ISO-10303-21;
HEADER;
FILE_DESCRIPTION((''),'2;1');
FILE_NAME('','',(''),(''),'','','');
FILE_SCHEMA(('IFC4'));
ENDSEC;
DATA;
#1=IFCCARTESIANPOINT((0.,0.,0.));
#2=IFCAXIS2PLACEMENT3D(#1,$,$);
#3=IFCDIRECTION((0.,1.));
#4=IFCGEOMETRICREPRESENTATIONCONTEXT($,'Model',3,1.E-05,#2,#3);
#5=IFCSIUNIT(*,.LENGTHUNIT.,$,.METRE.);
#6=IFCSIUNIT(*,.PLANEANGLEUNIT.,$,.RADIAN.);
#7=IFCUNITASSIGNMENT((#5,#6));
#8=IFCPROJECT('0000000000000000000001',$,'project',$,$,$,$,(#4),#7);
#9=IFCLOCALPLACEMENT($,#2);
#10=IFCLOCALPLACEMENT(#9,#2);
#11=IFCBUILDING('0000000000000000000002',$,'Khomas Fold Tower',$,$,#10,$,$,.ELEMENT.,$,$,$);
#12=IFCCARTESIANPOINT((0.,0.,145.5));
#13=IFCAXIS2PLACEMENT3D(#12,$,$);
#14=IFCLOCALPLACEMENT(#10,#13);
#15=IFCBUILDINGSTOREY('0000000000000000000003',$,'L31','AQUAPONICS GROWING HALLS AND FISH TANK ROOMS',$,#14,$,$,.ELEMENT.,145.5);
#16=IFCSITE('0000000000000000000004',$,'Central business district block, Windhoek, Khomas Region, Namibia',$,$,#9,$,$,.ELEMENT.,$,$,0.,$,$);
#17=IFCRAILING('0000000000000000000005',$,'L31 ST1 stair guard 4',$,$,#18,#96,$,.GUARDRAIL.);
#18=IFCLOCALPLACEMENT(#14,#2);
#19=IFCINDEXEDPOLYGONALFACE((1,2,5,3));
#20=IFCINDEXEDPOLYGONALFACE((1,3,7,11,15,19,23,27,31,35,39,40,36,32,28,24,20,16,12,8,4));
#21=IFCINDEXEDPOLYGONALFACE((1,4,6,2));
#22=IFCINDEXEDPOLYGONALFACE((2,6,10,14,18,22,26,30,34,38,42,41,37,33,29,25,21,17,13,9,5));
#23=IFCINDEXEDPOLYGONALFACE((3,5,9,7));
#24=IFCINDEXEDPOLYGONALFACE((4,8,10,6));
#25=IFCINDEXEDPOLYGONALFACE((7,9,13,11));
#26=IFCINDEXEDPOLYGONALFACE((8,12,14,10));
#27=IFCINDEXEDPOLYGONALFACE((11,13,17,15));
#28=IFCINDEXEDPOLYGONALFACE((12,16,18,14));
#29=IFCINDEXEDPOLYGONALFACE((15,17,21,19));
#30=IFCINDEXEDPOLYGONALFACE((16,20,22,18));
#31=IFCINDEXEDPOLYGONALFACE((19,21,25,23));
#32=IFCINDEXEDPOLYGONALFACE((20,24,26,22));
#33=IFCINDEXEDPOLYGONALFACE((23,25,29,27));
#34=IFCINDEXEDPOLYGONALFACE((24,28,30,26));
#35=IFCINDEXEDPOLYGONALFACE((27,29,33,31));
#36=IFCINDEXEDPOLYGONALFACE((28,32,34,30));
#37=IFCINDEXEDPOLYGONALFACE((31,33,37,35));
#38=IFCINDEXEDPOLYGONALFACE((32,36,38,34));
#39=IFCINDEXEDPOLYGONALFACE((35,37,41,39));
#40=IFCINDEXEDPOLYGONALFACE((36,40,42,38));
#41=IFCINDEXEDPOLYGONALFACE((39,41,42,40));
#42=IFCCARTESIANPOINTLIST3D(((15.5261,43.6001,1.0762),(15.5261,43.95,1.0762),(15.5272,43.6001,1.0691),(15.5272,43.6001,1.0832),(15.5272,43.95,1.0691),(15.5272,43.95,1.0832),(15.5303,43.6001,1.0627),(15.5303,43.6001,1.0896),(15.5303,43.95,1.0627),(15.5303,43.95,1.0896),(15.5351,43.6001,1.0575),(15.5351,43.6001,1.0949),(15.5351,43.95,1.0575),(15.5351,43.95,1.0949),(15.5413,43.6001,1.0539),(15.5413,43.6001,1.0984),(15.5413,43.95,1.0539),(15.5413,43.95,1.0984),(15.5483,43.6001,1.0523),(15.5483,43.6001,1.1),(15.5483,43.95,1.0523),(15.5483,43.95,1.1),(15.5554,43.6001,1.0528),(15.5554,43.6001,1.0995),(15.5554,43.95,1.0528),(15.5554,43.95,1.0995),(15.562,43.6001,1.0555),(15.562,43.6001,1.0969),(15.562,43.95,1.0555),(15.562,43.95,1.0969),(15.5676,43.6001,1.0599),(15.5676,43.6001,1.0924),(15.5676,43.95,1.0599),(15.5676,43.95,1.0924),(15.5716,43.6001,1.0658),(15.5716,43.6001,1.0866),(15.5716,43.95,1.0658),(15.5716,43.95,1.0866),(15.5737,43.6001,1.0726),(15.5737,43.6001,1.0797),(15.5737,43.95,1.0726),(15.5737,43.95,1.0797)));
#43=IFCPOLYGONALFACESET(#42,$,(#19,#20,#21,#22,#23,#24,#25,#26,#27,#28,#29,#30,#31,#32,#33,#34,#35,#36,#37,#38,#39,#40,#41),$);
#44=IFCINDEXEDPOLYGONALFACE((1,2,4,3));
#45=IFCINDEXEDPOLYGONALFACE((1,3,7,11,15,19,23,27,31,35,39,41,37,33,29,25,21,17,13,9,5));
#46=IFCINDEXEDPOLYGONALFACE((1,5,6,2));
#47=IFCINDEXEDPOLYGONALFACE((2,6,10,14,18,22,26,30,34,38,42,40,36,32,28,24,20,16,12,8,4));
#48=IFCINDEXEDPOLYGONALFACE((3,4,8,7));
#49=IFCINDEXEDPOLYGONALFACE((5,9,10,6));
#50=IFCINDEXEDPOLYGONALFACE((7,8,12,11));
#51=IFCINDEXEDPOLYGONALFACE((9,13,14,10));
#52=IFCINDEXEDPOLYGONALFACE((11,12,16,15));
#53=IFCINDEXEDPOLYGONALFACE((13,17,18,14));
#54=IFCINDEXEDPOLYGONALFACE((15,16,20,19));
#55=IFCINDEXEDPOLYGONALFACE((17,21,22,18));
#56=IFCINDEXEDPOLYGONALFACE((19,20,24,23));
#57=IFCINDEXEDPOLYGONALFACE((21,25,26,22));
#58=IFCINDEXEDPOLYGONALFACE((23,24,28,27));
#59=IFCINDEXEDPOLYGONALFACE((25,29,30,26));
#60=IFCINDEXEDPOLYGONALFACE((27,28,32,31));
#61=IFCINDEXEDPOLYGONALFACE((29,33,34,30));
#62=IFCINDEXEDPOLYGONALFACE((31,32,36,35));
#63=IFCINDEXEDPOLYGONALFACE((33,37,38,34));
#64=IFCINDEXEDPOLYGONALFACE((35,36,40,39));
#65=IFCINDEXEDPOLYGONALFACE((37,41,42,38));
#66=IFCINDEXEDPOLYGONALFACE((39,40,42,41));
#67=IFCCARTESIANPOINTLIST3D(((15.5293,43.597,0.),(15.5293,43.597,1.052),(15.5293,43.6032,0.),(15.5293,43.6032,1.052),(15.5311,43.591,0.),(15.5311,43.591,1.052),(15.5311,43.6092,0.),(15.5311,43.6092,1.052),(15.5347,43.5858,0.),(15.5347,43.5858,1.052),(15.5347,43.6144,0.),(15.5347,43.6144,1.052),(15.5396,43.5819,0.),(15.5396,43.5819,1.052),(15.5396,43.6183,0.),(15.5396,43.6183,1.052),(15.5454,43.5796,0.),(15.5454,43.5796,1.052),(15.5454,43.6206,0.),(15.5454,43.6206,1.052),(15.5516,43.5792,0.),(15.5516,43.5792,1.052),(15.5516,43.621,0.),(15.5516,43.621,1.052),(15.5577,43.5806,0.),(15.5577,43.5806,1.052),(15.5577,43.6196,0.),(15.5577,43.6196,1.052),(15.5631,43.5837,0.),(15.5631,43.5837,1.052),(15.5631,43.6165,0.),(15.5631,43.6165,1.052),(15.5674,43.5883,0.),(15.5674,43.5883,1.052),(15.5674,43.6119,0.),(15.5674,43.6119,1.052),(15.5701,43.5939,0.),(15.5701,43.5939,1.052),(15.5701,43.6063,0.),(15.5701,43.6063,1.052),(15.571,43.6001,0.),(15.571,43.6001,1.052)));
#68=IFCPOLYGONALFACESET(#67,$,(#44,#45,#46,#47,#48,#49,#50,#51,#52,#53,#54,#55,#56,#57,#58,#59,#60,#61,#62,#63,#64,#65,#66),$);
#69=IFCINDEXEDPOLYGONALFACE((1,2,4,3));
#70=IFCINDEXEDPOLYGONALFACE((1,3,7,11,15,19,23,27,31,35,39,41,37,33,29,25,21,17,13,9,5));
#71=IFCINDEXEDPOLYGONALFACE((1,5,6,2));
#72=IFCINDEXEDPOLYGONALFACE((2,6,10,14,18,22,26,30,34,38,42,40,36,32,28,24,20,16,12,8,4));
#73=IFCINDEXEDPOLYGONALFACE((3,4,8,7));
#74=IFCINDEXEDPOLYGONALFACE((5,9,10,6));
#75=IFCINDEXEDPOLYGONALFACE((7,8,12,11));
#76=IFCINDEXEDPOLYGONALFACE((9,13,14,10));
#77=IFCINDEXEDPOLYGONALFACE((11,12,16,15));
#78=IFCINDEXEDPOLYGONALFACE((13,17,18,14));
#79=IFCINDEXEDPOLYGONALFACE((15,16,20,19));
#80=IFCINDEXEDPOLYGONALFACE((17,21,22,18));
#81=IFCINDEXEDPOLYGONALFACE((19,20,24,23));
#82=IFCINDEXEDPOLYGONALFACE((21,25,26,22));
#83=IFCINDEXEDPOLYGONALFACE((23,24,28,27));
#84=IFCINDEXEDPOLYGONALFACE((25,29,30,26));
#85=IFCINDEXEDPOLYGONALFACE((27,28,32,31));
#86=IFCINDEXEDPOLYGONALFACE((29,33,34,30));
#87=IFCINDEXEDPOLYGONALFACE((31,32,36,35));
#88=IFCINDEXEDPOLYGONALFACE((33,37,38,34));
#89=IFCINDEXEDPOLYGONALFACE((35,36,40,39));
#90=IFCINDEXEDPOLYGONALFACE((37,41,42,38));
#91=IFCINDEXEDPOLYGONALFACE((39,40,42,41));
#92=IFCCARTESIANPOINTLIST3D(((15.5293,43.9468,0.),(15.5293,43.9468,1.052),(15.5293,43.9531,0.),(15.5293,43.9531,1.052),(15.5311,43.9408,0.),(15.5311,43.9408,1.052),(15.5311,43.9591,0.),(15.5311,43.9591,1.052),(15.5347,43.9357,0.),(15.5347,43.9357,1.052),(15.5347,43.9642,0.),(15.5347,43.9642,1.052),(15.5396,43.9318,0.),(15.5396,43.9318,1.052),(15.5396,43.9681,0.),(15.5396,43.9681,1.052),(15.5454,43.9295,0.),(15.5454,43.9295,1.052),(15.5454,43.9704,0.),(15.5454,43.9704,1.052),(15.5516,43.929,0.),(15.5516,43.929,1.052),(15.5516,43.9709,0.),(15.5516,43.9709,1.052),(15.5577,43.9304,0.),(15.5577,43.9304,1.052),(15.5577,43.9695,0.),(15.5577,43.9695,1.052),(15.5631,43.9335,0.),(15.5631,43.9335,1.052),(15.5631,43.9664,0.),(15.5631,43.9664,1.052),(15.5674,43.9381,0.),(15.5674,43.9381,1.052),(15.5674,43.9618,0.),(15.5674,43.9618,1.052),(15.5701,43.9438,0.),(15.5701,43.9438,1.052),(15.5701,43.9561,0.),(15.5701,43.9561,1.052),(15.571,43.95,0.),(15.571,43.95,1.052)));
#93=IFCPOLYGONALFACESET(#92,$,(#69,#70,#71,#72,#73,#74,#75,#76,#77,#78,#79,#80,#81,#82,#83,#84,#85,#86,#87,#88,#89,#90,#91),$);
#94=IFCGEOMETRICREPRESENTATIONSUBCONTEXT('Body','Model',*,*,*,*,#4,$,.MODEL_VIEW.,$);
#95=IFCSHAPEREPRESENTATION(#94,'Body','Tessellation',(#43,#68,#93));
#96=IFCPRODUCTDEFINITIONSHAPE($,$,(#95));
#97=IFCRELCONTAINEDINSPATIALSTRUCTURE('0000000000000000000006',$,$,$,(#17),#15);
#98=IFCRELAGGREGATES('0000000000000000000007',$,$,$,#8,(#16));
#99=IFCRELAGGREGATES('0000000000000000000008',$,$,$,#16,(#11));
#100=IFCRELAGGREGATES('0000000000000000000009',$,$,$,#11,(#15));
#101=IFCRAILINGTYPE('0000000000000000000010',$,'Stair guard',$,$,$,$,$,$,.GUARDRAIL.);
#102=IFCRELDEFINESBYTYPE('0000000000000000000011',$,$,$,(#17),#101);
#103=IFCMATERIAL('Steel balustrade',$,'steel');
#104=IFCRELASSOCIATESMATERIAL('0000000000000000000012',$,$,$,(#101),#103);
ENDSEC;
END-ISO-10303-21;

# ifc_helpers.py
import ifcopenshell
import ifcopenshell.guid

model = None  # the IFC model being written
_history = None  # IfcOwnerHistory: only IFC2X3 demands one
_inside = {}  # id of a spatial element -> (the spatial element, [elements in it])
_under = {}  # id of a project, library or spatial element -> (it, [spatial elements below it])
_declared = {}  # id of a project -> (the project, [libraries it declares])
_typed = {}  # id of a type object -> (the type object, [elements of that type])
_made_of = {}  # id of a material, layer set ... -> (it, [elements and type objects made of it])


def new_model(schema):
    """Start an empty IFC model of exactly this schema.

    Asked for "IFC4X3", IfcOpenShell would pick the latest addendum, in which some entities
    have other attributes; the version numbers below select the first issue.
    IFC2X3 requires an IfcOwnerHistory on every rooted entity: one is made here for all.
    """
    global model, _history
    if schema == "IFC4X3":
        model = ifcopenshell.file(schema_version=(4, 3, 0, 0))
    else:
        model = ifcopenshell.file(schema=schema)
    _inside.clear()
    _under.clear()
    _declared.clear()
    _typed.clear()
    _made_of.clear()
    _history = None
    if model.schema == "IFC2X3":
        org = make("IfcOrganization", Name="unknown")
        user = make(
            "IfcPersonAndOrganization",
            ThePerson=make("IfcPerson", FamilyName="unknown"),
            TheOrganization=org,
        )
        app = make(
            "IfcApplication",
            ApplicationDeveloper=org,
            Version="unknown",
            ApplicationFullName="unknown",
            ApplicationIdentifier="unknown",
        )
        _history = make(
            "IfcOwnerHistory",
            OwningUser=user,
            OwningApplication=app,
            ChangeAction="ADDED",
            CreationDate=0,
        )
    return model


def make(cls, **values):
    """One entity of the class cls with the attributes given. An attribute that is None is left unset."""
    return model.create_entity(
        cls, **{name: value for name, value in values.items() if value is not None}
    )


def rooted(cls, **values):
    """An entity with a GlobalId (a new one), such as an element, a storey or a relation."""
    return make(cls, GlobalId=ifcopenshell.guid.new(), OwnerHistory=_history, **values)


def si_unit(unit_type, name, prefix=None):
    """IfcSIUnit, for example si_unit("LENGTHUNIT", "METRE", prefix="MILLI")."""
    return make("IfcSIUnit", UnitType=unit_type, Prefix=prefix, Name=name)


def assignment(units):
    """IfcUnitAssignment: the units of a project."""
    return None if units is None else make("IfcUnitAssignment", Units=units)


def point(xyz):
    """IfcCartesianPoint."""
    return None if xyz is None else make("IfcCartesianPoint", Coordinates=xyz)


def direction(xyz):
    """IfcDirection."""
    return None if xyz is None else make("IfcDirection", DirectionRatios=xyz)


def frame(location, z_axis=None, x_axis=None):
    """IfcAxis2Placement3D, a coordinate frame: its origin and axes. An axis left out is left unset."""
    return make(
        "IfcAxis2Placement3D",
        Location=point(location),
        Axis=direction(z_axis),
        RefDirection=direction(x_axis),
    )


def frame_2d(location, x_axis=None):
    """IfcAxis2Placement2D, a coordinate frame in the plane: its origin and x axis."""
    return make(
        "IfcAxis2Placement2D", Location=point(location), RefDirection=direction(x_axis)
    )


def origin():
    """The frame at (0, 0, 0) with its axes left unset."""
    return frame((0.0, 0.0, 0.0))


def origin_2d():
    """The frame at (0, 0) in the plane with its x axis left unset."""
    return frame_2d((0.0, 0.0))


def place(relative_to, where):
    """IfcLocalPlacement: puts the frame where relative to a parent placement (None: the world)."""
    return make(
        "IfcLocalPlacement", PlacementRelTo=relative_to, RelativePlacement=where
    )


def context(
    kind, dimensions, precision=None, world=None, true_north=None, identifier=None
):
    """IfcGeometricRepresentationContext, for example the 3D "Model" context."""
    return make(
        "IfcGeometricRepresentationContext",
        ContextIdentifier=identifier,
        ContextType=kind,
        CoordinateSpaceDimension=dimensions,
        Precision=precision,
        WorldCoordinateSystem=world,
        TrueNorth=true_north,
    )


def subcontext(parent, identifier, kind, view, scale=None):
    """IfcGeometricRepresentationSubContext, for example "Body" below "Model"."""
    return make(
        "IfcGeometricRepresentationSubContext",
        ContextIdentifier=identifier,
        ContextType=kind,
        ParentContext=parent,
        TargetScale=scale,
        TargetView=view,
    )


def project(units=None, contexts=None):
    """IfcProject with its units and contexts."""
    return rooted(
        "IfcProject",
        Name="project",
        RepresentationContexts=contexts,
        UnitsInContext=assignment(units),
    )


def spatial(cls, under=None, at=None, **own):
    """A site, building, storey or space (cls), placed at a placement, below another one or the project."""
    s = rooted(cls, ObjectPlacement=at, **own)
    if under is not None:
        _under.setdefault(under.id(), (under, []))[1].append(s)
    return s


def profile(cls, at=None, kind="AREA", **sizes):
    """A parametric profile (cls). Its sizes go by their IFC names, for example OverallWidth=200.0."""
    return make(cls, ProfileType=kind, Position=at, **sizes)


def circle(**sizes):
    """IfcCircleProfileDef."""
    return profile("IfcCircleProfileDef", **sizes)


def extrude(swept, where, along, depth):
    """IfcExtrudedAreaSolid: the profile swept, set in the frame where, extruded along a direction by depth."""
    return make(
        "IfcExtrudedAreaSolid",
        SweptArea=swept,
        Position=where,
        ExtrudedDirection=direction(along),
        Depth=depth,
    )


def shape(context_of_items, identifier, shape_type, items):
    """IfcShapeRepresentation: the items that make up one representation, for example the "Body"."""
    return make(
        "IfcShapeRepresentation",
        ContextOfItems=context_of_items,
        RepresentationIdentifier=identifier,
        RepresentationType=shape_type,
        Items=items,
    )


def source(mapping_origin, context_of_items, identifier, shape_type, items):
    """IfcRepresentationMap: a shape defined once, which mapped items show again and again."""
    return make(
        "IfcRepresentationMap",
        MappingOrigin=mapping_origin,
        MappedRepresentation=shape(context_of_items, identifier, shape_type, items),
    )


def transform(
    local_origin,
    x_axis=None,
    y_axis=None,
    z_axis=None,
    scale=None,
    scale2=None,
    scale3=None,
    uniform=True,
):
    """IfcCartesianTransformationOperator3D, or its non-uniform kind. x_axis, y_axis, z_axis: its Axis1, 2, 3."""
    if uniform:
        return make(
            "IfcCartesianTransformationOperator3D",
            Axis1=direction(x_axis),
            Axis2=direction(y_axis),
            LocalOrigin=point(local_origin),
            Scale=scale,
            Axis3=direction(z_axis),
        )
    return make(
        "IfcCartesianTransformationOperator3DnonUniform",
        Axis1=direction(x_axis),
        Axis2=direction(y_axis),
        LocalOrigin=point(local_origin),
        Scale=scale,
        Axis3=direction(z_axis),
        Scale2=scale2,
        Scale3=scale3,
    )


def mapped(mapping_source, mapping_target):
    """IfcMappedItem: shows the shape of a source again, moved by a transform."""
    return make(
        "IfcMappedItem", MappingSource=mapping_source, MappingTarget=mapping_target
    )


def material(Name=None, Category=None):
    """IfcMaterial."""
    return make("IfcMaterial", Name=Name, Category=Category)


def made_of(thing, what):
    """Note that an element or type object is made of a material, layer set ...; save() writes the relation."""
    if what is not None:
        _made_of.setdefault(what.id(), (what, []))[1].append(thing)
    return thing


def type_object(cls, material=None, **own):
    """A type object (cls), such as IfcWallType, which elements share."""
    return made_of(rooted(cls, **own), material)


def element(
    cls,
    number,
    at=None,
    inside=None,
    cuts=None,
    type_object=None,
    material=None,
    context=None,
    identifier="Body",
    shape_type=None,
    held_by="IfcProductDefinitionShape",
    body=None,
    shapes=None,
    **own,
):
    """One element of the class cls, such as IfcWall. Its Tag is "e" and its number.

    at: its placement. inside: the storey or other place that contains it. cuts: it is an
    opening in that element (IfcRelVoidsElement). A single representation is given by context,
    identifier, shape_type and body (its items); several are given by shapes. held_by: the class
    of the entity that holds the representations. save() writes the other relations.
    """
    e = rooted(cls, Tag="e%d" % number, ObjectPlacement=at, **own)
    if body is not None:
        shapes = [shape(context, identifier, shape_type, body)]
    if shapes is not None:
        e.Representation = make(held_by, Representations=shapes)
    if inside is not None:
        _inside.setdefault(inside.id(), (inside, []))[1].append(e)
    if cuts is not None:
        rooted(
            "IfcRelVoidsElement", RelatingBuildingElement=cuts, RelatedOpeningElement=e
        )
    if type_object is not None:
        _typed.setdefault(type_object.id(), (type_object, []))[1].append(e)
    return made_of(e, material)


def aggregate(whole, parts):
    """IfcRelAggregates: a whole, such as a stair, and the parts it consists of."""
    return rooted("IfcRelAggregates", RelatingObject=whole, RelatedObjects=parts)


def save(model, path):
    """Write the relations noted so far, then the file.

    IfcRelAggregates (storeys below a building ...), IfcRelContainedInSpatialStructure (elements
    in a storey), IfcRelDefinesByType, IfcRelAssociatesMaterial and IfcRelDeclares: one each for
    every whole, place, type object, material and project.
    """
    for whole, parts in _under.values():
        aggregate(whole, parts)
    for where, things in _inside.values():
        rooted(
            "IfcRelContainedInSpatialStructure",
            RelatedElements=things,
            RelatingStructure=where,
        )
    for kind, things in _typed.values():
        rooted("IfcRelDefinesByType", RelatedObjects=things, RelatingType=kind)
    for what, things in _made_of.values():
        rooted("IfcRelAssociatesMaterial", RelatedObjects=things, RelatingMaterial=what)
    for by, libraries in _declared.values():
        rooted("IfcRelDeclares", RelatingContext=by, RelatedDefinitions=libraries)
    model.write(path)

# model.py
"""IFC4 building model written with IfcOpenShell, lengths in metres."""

from ifc_helpers import new_model, si_unit, direction, frame, origin, origin_2d, place, context, subcontext, project, spatial, circle, extrude, source, transform, mapped, material, type_object, element, save


model = new_model("IFC4")

# Units and contexts
model_context = context("Model", 3, precision=1e-05, world=origin(), true_north=direction((0.0, 1.0)))
body_context = subcontext(model_context, "Body", "Model", "MODEL_VIEW")
ifc_project = project(units=[si_unit("LENGTHUNIT", "METRE"), si_unit("PLANEANGLEUNIT", "RADIAN")], contexts=[model_context])

# Site, building, storey
site_placement = place(None, origin())
site = spatial("IfcSite", under=ifc_project, at=site_placement, Name="Central business district block, Windhoek, Khomas Region, Namibia", CompositionType="ELEMENT", RefElevation=0.0)
building_placement = place(site_placement, origin())
building = spatial("IfcBuilding", under=site, at=building_placement, Name="Khomas Fold Tower", CompositionType="ELEMENT")
storey_placement = place(building_placement, frame((0.0, 0.0, 145.5)))
storey = spatial("IfcBuildingStorey", under=building, at=storey_placement, Name="L31", Description="AQUAPONICS GROWING HALLS AND FISH TANK ROOMS", CompositionType="ELEMENT", Elevation=145.5)

# Railing
ifc_material_1 = material(Name="Steel balustrade", Category="steel")
railing_type_1 = type_object("IfcRailingType", Name="Stair guard", PredefinedType="GUARDRAIL", material=ifc_material_1)
shared_shape_1 = source(origin(), body_context, "Body", "SweptSolid", [
    extrude(circle(Radius=0.0239, at=origin_2d()), frame((0.0, 0.0, 1.0762), z_axis=(0.0, 1.0, 0.0), x_axis=(-1.0, 0.0, 0.0)), (0.0, 0.0, 1.0), 0.3499),
    extrude(circle(Radius=0.021, at=origin_2d()), origin(), (0.0, 0.0, 1.0), 1.052),
    extrude(circle(Radius=0.021, at=origin_2d()), frame((0.0, 0.3499, 0.0)), (0.0, 0.0, 1.0), 1.052),
])
for number, where, name in (
    (1, (15.55, 43.6001, 0.0), "L31 ST1 stair guard 4"),
):
    element("IfcRailing", number, at=place(storey_placement, frame(where)), inside=storey, type_object=railing_type_1, Name=name, PredefinedType="GUARDRAIL", context=body_context, shape_type="MappedRepresentation", body=[
        mapped(shared_shape_1, transform((0.0, 0.0, 0.0))),
    ])

save(model, "model.ifc")
